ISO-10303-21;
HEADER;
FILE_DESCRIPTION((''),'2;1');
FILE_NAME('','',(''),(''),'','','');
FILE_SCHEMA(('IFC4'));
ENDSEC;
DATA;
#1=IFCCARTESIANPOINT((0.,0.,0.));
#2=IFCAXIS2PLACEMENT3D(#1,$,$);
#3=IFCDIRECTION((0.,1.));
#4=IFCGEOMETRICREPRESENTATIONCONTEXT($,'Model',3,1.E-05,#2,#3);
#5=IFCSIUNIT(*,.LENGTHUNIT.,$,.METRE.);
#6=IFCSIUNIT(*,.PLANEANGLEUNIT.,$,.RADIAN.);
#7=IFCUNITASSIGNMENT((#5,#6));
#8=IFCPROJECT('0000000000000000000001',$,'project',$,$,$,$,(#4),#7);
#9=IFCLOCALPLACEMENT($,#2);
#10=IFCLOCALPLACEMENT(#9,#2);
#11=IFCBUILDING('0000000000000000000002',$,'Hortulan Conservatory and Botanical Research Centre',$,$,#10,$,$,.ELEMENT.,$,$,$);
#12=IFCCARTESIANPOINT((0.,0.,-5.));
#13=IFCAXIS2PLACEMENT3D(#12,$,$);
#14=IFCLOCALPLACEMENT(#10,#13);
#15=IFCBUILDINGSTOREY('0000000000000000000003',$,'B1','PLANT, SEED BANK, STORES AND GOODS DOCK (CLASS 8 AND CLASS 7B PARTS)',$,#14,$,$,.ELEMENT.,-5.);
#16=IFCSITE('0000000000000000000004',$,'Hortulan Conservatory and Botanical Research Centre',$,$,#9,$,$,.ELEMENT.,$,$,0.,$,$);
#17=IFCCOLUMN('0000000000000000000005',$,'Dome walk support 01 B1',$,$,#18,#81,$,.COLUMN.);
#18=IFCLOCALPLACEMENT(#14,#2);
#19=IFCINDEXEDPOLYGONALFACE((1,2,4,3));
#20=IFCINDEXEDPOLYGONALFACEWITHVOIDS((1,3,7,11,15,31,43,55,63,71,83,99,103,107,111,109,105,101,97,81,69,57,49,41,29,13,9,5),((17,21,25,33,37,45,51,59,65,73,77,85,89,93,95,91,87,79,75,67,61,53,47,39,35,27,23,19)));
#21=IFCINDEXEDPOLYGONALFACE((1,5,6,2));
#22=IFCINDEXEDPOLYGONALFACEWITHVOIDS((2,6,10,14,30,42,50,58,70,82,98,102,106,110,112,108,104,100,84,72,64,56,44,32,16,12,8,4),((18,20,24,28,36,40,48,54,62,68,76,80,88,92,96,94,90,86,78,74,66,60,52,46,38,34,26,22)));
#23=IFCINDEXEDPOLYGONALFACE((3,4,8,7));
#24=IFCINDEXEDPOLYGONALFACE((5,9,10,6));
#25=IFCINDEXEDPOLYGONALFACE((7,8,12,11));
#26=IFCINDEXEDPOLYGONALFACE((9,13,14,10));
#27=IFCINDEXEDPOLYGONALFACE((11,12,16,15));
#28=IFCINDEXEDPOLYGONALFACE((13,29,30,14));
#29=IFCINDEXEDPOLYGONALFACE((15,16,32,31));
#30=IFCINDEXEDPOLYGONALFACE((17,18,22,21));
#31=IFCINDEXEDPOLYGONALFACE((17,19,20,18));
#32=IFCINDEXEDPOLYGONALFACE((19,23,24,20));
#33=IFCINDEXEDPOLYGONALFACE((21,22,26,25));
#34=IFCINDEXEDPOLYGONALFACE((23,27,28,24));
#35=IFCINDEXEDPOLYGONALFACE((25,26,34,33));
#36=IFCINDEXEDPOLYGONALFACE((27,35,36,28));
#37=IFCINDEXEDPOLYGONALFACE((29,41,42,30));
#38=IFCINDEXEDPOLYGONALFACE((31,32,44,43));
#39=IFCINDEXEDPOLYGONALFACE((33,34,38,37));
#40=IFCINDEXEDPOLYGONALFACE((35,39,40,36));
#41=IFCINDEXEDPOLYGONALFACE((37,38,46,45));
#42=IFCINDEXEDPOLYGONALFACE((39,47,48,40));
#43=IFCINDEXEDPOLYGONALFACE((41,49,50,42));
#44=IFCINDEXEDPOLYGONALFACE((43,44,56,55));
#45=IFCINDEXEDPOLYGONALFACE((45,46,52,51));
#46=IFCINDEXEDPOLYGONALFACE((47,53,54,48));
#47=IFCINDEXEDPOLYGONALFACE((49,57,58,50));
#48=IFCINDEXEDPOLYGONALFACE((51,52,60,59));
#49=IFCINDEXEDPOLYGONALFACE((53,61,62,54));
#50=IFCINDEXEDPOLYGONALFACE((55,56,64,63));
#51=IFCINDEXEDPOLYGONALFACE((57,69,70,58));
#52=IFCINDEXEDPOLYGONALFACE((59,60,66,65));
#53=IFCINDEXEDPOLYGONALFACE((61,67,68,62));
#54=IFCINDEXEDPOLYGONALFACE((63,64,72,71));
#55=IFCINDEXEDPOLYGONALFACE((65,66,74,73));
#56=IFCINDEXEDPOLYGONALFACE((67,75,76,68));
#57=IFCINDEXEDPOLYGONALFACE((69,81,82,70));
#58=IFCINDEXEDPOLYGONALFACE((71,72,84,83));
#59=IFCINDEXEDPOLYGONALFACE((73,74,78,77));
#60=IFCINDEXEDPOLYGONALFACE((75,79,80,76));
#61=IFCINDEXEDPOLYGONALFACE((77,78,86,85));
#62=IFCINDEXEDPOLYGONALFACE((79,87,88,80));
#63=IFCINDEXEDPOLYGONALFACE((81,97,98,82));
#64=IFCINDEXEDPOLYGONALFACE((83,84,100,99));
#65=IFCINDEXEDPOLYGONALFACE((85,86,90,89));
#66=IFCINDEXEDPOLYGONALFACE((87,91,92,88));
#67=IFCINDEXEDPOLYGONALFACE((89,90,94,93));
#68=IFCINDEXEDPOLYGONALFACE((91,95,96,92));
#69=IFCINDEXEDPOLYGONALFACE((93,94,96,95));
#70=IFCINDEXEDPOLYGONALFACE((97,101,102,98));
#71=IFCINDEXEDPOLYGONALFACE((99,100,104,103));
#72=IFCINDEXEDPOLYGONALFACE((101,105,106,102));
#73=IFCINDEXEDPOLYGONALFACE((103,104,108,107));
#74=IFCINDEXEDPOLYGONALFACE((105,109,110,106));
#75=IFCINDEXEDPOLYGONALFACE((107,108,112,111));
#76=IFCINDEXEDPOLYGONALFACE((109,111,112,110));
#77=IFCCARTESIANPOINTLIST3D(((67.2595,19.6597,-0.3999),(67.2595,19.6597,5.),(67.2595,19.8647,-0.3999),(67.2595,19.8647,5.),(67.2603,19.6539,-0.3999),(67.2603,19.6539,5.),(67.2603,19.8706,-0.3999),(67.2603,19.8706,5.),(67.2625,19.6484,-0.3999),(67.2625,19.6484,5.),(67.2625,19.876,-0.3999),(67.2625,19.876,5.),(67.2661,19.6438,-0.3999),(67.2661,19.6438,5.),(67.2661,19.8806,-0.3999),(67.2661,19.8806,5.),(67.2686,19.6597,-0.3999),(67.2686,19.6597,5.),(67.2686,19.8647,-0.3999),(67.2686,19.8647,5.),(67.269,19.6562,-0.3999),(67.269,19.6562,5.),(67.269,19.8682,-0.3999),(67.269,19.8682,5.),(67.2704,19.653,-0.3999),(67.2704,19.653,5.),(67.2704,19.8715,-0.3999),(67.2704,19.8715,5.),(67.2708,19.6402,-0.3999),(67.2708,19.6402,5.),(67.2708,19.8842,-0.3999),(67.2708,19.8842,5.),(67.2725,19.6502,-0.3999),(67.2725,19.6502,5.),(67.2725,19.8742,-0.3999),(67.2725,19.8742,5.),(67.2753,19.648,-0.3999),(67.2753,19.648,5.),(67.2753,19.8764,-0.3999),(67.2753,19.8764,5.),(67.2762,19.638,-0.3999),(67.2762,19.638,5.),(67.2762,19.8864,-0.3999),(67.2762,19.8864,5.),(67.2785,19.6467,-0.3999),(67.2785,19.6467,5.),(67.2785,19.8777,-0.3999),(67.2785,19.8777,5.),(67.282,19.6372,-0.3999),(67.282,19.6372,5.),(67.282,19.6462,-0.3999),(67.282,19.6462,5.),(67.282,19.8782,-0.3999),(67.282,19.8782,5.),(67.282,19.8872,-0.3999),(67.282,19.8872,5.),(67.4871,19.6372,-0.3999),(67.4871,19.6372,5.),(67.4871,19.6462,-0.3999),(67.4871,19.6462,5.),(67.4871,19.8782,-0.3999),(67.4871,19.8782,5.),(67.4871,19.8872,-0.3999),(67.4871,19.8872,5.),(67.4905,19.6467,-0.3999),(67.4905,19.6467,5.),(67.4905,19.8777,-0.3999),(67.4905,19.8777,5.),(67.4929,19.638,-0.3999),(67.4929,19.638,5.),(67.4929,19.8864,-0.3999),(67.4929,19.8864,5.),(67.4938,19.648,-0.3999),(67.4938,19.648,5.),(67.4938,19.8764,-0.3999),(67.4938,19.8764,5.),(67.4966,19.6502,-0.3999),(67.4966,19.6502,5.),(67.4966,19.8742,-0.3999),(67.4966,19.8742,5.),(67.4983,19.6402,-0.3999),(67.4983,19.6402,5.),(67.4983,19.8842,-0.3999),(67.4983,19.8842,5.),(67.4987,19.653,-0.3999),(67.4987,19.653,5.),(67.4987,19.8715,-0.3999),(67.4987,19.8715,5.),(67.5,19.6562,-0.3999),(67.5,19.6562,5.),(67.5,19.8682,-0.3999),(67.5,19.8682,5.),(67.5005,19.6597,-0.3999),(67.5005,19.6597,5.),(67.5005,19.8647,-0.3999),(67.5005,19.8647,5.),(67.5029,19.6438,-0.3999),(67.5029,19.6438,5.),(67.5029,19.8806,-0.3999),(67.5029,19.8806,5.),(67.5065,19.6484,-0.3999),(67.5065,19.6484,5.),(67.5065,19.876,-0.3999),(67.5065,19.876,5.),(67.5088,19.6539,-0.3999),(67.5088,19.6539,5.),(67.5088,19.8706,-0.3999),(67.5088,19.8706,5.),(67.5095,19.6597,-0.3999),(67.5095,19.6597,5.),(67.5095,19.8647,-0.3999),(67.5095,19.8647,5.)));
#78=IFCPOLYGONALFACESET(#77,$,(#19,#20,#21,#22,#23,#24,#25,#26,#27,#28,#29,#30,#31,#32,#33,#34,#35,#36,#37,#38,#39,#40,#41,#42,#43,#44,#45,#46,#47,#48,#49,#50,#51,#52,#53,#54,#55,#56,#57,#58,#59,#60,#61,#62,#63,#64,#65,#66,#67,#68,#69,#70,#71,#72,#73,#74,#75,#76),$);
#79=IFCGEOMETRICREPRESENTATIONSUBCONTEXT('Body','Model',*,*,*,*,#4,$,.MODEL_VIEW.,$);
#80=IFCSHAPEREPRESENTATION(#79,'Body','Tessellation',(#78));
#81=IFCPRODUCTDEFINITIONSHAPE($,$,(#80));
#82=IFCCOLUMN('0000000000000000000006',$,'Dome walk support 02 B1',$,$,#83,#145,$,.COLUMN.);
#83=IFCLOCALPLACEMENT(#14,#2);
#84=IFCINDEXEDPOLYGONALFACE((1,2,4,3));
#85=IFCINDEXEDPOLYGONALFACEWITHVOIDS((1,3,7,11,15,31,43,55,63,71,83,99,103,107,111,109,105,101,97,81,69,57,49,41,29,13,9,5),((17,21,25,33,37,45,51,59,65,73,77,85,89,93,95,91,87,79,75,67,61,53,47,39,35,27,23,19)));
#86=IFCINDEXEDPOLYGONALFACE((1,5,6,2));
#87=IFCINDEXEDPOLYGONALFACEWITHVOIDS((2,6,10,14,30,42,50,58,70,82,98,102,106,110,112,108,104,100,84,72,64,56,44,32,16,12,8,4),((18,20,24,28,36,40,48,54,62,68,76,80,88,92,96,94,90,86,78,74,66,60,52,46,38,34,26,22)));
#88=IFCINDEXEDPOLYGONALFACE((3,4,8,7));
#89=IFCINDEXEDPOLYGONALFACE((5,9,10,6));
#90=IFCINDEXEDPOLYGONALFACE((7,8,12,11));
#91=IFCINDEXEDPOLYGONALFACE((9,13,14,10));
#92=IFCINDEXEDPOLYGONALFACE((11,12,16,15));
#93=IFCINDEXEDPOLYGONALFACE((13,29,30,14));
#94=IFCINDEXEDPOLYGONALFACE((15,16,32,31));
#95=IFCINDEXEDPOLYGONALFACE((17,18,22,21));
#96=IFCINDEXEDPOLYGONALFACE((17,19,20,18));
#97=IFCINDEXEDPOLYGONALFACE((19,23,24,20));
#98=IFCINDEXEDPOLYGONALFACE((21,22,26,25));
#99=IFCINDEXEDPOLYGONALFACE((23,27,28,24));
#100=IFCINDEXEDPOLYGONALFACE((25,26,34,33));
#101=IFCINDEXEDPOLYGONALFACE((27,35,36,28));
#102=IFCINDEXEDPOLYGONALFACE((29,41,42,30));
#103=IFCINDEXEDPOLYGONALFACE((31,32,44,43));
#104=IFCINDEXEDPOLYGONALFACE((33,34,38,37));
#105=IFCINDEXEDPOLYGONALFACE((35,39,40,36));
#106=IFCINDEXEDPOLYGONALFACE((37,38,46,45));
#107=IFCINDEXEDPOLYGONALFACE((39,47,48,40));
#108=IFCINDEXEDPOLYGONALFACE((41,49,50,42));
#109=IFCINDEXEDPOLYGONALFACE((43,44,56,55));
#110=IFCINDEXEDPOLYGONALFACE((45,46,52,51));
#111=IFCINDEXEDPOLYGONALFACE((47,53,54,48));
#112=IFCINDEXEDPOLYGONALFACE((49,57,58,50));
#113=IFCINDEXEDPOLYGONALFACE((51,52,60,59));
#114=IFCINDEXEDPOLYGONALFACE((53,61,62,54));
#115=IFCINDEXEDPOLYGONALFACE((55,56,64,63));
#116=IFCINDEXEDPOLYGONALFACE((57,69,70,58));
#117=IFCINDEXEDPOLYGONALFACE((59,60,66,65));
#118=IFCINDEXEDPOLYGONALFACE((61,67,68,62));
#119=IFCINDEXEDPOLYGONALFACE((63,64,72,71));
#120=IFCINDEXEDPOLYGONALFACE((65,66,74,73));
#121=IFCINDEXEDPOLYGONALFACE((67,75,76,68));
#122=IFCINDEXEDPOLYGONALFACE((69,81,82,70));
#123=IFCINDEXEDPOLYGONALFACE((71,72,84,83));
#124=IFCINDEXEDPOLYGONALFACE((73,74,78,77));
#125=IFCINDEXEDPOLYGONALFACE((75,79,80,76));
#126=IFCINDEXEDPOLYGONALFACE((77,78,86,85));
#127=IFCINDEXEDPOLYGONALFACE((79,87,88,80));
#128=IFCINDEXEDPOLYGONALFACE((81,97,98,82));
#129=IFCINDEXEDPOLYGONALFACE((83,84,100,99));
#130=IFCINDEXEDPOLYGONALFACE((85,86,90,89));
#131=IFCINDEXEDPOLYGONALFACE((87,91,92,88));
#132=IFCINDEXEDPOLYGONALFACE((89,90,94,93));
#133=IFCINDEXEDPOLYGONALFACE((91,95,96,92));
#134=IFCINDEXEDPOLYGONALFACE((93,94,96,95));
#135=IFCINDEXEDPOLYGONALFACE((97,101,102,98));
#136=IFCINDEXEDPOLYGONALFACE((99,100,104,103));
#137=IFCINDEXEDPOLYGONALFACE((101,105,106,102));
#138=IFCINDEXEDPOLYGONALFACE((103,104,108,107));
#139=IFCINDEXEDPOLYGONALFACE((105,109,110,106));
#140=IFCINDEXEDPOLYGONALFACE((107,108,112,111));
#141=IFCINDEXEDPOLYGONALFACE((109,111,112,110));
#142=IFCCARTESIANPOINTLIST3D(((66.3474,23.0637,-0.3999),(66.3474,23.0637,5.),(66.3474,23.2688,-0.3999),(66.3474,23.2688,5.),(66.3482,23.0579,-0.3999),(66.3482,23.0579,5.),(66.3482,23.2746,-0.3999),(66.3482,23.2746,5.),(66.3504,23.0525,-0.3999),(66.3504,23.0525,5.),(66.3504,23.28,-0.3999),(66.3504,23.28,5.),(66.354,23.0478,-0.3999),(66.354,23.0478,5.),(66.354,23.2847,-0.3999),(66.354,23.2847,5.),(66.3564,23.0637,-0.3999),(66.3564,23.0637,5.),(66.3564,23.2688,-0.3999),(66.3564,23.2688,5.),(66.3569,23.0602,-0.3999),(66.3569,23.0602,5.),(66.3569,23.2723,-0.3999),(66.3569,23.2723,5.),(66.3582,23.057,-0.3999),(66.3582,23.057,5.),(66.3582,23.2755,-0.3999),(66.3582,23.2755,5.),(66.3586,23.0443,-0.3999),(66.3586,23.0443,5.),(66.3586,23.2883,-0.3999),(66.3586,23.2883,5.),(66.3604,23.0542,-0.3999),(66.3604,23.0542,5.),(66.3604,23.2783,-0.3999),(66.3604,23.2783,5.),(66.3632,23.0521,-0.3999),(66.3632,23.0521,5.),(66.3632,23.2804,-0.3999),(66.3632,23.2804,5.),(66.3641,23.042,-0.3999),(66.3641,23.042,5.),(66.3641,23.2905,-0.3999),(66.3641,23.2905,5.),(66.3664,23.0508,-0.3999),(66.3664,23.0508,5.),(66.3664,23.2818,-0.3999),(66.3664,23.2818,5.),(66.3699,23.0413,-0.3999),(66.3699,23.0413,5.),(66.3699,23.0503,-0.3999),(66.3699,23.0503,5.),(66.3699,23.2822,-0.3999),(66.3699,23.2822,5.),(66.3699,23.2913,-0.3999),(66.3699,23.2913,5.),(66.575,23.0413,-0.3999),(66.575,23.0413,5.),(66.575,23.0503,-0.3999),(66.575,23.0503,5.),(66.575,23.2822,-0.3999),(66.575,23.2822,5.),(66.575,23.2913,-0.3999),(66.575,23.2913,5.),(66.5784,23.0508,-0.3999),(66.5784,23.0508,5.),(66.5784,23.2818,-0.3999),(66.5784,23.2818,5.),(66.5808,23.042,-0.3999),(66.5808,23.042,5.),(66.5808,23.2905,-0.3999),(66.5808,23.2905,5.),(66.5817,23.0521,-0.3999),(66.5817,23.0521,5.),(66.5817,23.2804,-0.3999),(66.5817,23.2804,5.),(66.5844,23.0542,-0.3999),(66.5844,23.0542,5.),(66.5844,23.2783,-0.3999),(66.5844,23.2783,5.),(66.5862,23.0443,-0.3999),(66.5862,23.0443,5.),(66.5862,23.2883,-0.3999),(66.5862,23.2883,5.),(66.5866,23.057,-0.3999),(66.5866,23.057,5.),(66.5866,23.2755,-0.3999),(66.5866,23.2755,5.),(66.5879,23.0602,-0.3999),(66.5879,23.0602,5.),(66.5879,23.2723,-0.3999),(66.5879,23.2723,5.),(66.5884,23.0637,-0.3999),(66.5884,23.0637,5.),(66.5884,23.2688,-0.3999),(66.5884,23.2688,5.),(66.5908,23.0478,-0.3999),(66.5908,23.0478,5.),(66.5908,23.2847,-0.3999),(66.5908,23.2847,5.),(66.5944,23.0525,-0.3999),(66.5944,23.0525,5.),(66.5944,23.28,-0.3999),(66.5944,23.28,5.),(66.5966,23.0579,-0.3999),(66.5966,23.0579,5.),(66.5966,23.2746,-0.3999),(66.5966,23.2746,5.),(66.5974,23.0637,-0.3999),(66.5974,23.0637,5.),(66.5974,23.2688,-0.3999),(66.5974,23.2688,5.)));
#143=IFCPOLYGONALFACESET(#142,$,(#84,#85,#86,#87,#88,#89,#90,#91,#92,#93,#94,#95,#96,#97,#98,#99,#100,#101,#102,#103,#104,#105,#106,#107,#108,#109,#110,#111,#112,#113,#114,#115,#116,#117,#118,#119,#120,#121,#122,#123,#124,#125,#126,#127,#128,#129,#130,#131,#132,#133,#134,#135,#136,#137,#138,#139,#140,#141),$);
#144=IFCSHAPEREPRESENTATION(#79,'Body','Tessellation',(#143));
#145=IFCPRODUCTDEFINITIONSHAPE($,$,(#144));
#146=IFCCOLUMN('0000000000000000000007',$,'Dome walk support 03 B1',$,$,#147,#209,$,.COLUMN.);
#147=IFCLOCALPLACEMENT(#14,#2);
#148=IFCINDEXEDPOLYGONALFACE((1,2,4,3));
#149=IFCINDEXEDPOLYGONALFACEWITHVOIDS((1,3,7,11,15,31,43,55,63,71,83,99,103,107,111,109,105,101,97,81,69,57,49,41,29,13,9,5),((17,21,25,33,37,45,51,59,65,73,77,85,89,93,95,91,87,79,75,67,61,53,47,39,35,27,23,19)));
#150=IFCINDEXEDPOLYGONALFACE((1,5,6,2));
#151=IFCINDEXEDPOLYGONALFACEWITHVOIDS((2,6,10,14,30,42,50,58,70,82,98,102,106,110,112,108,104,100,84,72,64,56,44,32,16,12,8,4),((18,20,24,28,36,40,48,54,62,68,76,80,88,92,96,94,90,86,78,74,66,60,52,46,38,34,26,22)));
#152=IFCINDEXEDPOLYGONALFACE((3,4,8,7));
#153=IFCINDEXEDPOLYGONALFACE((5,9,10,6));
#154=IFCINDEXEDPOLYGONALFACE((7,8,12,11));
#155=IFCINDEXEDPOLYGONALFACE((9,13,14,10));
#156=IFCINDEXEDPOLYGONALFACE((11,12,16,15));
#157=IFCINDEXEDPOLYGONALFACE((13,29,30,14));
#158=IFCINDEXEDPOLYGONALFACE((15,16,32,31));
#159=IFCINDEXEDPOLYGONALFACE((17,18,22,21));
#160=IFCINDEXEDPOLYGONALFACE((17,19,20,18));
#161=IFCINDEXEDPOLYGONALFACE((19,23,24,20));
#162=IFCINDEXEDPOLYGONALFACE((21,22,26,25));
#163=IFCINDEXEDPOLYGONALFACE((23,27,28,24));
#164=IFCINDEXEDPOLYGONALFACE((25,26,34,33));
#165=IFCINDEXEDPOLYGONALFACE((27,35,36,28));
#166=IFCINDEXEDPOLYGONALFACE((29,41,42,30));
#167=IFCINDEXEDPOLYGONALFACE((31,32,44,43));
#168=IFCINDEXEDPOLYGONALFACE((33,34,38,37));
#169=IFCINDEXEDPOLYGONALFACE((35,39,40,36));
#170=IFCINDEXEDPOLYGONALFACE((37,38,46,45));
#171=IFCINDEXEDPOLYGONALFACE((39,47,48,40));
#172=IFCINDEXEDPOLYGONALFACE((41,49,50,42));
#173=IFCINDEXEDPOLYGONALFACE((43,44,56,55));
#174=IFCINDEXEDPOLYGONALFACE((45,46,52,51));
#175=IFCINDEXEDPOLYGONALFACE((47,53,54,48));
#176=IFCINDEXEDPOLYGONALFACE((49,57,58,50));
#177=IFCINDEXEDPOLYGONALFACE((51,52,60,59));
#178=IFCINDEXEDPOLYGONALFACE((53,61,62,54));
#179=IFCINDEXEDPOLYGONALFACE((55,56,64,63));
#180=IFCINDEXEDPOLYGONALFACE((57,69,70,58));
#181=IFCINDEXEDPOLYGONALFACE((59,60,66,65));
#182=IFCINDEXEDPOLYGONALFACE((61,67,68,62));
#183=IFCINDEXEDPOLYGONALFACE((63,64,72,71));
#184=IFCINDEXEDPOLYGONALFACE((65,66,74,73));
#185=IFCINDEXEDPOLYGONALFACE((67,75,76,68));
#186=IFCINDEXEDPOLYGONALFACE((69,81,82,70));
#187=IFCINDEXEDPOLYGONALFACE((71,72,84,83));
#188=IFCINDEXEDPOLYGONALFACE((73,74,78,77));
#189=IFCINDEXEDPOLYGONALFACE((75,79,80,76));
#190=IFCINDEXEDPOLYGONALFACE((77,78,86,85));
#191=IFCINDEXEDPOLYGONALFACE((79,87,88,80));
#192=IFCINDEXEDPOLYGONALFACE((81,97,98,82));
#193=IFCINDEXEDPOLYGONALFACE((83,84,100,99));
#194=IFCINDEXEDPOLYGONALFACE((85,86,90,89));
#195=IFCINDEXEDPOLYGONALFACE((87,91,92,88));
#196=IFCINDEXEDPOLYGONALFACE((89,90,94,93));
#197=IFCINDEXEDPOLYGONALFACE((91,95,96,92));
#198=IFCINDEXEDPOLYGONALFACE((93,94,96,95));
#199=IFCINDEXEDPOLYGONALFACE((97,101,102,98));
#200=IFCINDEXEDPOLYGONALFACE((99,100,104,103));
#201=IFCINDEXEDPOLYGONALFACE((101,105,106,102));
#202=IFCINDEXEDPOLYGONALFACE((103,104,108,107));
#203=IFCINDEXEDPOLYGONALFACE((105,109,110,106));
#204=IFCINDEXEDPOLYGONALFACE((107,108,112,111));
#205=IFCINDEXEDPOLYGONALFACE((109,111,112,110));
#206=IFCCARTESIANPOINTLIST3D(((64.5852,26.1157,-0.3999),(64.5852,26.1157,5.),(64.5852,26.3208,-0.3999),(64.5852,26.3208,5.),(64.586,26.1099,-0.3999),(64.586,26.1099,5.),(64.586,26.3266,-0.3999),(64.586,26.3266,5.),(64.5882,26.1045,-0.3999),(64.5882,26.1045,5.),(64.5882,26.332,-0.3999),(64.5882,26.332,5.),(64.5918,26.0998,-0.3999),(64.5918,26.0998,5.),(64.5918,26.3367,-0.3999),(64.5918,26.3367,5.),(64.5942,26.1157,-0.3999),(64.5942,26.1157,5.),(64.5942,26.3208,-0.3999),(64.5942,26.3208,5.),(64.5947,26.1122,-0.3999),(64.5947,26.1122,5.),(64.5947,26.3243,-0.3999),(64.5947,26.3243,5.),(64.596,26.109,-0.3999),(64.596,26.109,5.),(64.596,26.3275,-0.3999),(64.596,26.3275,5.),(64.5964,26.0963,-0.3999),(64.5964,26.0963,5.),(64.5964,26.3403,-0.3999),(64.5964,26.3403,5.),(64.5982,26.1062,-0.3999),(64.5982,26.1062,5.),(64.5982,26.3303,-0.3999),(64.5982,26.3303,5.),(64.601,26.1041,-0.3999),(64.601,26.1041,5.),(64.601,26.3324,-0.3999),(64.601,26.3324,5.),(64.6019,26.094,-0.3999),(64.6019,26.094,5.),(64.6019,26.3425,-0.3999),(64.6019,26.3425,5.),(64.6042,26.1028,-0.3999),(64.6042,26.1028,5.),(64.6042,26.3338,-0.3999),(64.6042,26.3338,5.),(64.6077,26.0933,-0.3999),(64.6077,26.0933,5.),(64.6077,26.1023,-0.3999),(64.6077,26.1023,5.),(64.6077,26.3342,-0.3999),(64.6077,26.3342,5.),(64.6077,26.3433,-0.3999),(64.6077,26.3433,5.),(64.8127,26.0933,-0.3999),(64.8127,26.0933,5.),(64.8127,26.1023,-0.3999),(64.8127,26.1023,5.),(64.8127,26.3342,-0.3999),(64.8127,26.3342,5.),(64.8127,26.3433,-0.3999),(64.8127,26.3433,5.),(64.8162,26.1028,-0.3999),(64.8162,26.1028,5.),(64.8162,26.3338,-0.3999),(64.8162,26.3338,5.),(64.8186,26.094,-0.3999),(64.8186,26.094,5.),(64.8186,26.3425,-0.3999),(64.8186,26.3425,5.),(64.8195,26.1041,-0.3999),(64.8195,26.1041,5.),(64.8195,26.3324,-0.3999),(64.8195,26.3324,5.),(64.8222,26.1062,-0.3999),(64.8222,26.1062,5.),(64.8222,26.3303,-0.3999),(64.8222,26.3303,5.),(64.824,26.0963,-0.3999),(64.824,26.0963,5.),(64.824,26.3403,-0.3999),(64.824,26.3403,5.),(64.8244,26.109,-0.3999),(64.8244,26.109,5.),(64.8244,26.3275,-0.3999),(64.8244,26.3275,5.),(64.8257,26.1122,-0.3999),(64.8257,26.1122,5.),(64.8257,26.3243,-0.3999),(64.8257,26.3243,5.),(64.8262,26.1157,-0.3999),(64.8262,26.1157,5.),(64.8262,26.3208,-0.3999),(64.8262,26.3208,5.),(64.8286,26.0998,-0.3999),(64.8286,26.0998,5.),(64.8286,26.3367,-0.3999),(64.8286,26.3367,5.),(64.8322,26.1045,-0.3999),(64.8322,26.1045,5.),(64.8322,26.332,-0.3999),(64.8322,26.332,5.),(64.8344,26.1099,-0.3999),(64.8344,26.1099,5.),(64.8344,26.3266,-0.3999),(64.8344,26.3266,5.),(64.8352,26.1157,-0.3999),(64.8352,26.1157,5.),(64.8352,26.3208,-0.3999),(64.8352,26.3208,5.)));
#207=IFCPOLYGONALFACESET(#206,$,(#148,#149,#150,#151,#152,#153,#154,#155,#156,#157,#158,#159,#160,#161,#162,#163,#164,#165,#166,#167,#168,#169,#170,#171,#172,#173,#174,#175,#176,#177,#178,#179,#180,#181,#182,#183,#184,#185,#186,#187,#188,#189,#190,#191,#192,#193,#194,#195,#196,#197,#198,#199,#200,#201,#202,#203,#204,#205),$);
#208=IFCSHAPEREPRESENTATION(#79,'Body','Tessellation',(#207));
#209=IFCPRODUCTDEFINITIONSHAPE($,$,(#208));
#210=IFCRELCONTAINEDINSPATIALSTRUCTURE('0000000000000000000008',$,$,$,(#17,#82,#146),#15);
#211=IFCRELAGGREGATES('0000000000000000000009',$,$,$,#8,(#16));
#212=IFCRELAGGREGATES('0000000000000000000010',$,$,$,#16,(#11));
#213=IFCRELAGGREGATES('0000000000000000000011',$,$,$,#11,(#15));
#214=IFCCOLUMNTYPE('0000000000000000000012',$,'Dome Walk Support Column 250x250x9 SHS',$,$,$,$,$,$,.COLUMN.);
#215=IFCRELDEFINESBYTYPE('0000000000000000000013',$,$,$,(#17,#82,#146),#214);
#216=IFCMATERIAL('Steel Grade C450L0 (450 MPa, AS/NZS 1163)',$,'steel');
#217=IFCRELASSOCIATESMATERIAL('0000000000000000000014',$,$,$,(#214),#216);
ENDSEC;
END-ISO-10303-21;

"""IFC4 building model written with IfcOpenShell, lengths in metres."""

from ifc_helpers import new_model, si_unit, direction, frame, origin, origin_2d, place, context, subcontext, project, spatial, hollow_rectangle, extrude, material, material_profile, profile_set, type_object, element, save


model = new_model("IFC4")

# Units and contexts
model_context = context("Model", 3, precision=1e-05, world=origin(), true_north=direction((0.0, 1.0)))
body_context = subcontext(model_context, "Body", "Model", "MODEL_VIEW")
ifc_project = project(units=[si_unit("LENGTHUNIT", "METRE"), si_unit("PLANEANGLEUNIT", "RADIAN")], contexts=[model_context])

# Site, building, storey
site_placement = place(None, origin())
site = spatial("IfcSite", under=ifc_project, at=site_placement, Name="Hortulan Conservatory and Botanical Research Centre", CompositionType="ELEMENT", RefElevation=0.0)
building_placement = place(site_placement, origin())
building = spatial("IfcBuilding", under=site, at=building_placement, Name="Hortulan Conservatory and Botanical Research Centre", CompositionType="ELEMENT")
storey_placement = place(building_placement, frame((0.0, 0.0, -5.0)))
storey = spatial("IfcBuildingStorey", under=building, at=storey_placement, Name="B1", Description="PLANT, SEED BANK, STORES AND GOODS DOCK (CLASS 8 AND CLASS 7B PARTS)", CompositionType="ELEMENT", Elevation=-5.0)

# Columns
ifc_material_1 = material(Name="Steel Grade C450L0 (450 MPa, AS/NZS 1163)", Category="steel")
ifc_material_profile_1 = material_profile(ifc_material_1, hollow_rectangle(XDim=0.25, YDim=0.25, WallThickness=0.009, InnerFilletRadius=0.0134, OuterFilletRadius=0.0225, at=origin_2d()), Name="250x250x9SHS")
ifc_profile_set_1 = profile_set([ifc_material_profile_1], Name="Steel Grade C450L0 (450 MPa, AS/NZS 1163)")
column_type_1 = type_object("IfcColumnType", Name="Dome Walk Support Column 250x250x9 SHS", PredefinedType="COLUMN", material=ifc_profile_set_1)
for number, where, z_axis, x_axis, name in (
    (1, (67.3845, 19.7622, -0.3999), (0.0, 0.0, 1.0), (1.0, 0.0, 0.0), "Dome walk support 01 B1"),
    (2, (66.4724, 23.1663, -0.3999), (0.0, 0.0, 1.0), (1.0, 0.0, 0.0), "Dome walk support 02 B1"),
    (3, (64.7102, 26.2183, -0.3999), (0.0, 0.0, 1.0), (1.0, 0.0, 0.0), "Dome walk support 03 B1"),
):
    element("IfcColumn", number, at=place(storey_placement, frame(where, z_axis=z_axis, x_axis=x_axis)), inside=storey, type_object=column_type_1, Name=name, PredefinedType="COLUMN", context=body_context, shape_type="SweptSolid", body=[
        extrude(hollow_rectangle(XDim=0.25, YDim=0.25, WallThickness=0.009, InnerFilletRadius=0.0134, OuterFilletRadius=0.0225, at=origin_2d()), origin(), (0.0, 0.0, 1.0), 5.3999),
    ])

save(model, "model.ifc")
